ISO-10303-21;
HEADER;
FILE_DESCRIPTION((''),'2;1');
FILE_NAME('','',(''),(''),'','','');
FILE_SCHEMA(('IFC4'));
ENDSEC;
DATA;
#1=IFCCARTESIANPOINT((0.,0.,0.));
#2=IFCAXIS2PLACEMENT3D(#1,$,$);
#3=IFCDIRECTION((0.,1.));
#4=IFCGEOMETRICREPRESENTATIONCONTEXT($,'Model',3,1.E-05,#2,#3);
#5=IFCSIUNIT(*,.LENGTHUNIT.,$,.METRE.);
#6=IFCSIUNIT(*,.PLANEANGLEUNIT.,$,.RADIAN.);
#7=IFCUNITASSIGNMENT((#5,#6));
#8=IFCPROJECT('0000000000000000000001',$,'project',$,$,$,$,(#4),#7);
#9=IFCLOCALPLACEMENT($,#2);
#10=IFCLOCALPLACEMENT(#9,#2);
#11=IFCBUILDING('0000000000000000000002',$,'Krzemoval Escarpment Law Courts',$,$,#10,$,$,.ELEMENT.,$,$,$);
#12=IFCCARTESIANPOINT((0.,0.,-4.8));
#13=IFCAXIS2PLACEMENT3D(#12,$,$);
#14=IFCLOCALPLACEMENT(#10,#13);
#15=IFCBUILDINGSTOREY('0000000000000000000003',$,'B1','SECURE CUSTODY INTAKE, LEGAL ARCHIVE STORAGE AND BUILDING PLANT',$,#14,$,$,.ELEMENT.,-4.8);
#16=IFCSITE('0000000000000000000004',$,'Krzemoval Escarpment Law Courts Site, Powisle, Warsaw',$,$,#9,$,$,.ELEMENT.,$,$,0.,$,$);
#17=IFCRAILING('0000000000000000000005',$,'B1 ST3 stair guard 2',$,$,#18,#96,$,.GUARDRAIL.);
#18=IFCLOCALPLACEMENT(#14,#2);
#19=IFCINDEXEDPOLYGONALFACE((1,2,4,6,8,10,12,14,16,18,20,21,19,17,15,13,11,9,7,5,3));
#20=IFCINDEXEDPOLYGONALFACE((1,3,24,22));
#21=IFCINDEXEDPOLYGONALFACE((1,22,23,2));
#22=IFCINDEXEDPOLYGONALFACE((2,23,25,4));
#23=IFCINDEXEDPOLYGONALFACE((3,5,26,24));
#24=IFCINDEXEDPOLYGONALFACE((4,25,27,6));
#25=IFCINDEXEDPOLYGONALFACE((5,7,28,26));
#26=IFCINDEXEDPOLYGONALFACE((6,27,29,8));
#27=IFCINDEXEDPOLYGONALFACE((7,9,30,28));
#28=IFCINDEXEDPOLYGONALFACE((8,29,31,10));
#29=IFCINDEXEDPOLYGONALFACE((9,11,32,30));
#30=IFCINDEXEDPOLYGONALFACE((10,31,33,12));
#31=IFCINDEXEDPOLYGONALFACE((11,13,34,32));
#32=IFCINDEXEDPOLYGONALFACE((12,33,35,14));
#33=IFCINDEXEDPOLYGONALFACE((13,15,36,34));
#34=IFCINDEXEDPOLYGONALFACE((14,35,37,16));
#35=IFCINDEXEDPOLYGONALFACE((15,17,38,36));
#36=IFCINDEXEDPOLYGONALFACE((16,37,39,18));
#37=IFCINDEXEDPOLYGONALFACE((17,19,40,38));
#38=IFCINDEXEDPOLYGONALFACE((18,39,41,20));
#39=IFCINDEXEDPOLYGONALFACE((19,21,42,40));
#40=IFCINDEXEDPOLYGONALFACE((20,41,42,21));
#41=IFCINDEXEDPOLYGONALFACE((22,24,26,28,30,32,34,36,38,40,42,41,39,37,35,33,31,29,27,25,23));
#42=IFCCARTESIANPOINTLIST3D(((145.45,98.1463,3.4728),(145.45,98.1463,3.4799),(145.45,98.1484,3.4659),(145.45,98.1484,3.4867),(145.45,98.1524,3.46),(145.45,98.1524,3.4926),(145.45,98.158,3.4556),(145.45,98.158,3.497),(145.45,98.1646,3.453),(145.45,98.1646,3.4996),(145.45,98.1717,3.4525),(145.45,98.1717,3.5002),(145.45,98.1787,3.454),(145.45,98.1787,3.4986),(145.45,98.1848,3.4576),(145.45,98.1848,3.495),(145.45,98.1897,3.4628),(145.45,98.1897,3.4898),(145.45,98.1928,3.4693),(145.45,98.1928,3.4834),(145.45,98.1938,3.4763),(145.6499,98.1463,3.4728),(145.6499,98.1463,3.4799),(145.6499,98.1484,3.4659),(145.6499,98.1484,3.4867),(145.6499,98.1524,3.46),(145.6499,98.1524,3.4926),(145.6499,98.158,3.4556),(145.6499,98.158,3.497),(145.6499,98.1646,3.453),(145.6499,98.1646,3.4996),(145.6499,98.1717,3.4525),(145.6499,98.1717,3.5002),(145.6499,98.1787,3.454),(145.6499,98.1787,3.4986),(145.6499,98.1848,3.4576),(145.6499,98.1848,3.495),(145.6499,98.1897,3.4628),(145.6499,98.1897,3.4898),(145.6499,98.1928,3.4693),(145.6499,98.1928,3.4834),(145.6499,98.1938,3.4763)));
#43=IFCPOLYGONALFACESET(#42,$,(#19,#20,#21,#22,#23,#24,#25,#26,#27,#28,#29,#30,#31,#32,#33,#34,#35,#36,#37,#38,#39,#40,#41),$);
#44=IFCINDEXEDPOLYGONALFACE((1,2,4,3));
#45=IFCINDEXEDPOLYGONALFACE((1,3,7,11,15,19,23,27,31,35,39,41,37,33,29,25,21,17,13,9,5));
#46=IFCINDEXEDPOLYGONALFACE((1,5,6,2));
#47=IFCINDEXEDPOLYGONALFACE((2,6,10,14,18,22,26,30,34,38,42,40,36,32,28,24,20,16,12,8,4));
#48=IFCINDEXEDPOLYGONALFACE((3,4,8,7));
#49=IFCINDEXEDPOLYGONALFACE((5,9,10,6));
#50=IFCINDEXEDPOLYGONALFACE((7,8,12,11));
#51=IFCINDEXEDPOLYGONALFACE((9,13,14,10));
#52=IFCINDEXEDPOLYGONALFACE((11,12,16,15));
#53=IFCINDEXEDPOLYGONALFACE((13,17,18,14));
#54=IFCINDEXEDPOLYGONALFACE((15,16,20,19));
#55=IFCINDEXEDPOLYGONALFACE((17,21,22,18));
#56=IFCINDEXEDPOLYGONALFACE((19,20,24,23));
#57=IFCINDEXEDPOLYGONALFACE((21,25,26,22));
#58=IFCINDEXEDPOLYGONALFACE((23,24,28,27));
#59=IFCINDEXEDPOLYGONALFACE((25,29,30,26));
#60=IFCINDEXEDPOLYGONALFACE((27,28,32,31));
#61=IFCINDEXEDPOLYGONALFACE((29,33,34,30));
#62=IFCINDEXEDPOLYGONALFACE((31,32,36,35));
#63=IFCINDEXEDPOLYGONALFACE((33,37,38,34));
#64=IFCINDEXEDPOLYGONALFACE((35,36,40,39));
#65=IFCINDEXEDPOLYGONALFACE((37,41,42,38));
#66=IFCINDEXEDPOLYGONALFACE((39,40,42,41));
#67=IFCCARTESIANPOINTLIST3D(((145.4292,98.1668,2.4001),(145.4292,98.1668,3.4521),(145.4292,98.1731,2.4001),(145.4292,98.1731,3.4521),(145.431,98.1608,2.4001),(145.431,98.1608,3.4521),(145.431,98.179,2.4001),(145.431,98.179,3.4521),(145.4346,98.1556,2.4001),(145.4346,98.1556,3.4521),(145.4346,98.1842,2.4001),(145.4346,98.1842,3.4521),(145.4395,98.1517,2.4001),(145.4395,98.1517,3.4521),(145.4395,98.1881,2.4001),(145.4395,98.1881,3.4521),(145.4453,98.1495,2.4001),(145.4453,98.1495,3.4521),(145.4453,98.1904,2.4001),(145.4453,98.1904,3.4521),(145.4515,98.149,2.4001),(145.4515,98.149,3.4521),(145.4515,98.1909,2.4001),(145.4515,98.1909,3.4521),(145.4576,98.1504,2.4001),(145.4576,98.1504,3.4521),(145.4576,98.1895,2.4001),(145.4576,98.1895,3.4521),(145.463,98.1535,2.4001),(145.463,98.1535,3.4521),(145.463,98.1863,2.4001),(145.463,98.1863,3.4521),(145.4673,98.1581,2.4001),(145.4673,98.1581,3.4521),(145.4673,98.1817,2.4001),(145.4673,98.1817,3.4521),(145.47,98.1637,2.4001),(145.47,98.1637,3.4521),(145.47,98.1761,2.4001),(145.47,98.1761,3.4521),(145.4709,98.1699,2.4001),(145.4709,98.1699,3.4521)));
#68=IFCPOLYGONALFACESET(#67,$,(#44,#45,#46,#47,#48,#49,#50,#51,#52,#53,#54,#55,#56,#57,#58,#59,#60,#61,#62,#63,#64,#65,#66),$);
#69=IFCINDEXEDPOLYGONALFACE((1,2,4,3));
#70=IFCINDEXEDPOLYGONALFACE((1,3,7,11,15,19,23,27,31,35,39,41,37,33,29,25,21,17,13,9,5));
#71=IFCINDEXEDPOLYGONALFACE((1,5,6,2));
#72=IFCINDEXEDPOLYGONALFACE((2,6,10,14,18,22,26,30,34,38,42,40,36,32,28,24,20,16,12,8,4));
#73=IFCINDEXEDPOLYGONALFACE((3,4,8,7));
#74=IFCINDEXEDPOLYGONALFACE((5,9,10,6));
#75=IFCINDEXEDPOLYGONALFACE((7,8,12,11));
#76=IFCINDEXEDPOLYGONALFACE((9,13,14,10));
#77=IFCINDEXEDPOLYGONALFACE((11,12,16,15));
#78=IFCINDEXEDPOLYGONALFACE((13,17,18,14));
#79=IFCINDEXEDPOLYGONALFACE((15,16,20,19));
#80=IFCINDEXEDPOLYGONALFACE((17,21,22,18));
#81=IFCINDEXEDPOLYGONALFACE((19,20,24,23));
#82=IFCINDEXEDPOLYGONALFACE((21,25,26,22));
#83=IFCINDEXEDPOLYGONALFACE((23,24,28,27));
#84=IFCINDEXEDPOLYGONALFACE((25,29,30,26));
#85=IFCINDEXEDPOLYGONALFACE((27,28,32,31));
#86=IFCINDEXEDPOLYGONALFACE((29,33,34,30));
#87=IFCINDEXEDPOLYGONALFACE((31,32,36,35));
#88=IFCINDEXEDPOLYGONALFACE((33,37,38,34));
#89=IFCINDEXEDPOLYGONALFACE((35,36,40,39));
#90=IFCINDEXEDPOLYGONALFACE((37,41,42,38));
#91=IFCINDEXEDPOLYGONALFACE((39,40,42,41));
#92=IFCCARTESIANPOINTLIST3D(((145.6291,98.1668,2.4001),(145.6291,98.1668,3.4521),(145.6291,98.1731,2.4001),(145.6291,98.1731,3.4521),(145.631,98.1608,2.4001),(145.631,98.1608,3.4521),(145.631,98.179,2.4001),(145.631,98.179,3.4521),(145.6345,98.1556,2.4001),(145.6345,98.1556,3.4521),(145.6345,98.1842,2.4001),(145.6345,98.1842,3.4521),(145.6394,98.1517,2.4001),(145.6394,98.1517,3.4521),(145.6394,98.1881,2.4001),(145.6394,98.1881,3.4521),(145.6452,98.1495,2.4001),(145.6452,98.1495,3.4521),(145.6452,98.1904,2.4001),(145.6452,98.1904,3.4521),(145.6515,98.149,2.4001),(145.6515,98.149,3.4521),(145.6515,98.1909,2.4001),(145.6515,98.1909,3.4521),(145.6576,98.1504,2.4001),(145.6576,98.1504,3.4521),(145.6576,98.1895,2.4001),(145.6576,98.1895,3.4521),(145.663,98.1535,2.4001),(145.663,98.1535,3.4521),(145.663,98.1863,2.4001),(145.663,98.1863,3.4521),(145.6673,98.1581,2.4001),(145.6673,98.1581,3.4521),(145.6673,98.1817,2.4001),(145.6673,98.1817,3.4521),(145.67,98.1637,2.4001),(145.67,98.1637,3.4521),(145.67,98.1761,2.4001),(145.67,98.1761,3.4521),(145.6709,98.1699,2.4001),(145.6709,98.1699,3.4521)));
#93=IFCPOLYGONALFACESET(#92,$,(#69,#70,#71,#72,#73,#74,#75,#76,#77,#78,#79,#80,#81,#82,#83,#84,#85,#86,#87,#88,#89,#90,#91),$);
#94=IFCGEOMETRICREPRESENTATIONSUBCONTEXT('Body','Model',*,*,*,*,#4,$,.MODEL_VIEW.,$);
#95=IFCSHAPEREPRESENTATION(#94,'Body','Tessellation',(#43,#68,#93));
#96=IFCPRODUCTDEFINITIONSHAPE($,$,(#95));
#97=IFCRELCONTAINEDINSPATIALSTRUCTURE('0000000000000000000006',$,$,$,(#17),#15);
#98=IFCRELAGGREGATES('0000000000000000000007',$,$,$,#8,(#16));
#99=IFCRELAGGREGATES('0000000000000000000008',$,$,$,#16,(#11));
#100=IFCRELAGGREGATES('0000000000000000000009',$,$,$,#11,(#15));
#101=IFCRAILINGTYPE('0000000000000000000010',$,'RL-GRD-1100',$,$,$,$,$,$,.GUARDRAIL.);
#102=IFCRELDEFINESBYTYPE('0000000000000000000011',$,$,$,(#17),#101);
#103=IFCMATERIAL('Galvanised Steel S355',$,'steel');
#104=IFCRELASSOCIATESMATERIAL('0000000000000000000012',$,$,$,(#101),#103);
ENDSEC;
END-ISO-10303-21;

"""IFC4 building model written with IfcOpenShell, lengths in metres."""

from ifc_helpers import new_model, si_unit, direction, frame, origin, origin_2d, place, context, subcontext, project, spatial, circle, extrude, material, type_object, element, save


model = new_model("IFC4")

# Units and contexts
model_context = context("Model", 3, precision=1e-05, world=origin(), true_north=direction((0.0, 1.0)))
body_context = subcontext(model_context, "Body", "Model", "MODEL_VIEW")
ifc_project = project(units=[si_unit("LENGTHUNIT", "METRE"), si_unit("PLANEANGLEUNIT", "RADIAN")], contexts=[model_context])

# Site, building, storey
site_placement = place(None, origin())
site = spatial("IfcSite", under=ifc_project, at=site_placement, Name="Krzemoval Escarpment Law Courts Site, Powisle, Warsaw", CompositionType="ELEMENT", RefElevation=0.0)
building_placement = place(site_placement, origin())
building = spatial("IfcBuilding", under=site, at=building_placement, Name="Krzemoval Escarpment Law Courts", CompositionType="ELEMENT")
storey_placement = place(building_placement, frame((0.0, 0.0, -4.8)))
storey = spatial("IfcBuildingStorey", under=building, at=storey_placement, Name="B1", Description="SECURE CUSTODY INTAKE, LEGAL ARCHIVE STORAGE AND BUILDING PLANT", CompositionType="ELEMENT", Elevation=-4.8)

# Railing
ifc_material_1 = material(Name="Galvanised Steel S355", Category="steel")
railing_type_1 = type_object("IfcRailingType", Name="RL-GRD-1100", PredefinedType="GUARDRAIL", material=ifc_material_1)
railing_1_placement = place(storey_placement, frame((145.45, 98.1699, 2.4001)))
element("IfcRailing", 1, at=railing_1_placement, inside=storey, type_object=railing_type_1, Name="B1 ST3 stair guard 2", PredefinedType="GUARDRAIL", context=body_context, shape_type="SweptSolid", body=[
    extrude(circle(Radius=0.0239, at=origin_2d()), frame((0.0, 0.0, 1.0762), z_axis=(1.0, 0.0, 0.0), x_axis=(0.0, 1.0, 0.0)), (0.0, 0.0, 1.0), 0.2),
    extrude(circle(Radius=0.021, at=origin_2d()), origin(), (0.0, 0.0, 1.0), 1.052),
    extrude(circle(Radius=0.021, at=origin_2d()), frame((0.2, 0.0, 0.0)), (0.0, 0.0, 1.0), 1.052),
])

save(model, "model.ifc")
